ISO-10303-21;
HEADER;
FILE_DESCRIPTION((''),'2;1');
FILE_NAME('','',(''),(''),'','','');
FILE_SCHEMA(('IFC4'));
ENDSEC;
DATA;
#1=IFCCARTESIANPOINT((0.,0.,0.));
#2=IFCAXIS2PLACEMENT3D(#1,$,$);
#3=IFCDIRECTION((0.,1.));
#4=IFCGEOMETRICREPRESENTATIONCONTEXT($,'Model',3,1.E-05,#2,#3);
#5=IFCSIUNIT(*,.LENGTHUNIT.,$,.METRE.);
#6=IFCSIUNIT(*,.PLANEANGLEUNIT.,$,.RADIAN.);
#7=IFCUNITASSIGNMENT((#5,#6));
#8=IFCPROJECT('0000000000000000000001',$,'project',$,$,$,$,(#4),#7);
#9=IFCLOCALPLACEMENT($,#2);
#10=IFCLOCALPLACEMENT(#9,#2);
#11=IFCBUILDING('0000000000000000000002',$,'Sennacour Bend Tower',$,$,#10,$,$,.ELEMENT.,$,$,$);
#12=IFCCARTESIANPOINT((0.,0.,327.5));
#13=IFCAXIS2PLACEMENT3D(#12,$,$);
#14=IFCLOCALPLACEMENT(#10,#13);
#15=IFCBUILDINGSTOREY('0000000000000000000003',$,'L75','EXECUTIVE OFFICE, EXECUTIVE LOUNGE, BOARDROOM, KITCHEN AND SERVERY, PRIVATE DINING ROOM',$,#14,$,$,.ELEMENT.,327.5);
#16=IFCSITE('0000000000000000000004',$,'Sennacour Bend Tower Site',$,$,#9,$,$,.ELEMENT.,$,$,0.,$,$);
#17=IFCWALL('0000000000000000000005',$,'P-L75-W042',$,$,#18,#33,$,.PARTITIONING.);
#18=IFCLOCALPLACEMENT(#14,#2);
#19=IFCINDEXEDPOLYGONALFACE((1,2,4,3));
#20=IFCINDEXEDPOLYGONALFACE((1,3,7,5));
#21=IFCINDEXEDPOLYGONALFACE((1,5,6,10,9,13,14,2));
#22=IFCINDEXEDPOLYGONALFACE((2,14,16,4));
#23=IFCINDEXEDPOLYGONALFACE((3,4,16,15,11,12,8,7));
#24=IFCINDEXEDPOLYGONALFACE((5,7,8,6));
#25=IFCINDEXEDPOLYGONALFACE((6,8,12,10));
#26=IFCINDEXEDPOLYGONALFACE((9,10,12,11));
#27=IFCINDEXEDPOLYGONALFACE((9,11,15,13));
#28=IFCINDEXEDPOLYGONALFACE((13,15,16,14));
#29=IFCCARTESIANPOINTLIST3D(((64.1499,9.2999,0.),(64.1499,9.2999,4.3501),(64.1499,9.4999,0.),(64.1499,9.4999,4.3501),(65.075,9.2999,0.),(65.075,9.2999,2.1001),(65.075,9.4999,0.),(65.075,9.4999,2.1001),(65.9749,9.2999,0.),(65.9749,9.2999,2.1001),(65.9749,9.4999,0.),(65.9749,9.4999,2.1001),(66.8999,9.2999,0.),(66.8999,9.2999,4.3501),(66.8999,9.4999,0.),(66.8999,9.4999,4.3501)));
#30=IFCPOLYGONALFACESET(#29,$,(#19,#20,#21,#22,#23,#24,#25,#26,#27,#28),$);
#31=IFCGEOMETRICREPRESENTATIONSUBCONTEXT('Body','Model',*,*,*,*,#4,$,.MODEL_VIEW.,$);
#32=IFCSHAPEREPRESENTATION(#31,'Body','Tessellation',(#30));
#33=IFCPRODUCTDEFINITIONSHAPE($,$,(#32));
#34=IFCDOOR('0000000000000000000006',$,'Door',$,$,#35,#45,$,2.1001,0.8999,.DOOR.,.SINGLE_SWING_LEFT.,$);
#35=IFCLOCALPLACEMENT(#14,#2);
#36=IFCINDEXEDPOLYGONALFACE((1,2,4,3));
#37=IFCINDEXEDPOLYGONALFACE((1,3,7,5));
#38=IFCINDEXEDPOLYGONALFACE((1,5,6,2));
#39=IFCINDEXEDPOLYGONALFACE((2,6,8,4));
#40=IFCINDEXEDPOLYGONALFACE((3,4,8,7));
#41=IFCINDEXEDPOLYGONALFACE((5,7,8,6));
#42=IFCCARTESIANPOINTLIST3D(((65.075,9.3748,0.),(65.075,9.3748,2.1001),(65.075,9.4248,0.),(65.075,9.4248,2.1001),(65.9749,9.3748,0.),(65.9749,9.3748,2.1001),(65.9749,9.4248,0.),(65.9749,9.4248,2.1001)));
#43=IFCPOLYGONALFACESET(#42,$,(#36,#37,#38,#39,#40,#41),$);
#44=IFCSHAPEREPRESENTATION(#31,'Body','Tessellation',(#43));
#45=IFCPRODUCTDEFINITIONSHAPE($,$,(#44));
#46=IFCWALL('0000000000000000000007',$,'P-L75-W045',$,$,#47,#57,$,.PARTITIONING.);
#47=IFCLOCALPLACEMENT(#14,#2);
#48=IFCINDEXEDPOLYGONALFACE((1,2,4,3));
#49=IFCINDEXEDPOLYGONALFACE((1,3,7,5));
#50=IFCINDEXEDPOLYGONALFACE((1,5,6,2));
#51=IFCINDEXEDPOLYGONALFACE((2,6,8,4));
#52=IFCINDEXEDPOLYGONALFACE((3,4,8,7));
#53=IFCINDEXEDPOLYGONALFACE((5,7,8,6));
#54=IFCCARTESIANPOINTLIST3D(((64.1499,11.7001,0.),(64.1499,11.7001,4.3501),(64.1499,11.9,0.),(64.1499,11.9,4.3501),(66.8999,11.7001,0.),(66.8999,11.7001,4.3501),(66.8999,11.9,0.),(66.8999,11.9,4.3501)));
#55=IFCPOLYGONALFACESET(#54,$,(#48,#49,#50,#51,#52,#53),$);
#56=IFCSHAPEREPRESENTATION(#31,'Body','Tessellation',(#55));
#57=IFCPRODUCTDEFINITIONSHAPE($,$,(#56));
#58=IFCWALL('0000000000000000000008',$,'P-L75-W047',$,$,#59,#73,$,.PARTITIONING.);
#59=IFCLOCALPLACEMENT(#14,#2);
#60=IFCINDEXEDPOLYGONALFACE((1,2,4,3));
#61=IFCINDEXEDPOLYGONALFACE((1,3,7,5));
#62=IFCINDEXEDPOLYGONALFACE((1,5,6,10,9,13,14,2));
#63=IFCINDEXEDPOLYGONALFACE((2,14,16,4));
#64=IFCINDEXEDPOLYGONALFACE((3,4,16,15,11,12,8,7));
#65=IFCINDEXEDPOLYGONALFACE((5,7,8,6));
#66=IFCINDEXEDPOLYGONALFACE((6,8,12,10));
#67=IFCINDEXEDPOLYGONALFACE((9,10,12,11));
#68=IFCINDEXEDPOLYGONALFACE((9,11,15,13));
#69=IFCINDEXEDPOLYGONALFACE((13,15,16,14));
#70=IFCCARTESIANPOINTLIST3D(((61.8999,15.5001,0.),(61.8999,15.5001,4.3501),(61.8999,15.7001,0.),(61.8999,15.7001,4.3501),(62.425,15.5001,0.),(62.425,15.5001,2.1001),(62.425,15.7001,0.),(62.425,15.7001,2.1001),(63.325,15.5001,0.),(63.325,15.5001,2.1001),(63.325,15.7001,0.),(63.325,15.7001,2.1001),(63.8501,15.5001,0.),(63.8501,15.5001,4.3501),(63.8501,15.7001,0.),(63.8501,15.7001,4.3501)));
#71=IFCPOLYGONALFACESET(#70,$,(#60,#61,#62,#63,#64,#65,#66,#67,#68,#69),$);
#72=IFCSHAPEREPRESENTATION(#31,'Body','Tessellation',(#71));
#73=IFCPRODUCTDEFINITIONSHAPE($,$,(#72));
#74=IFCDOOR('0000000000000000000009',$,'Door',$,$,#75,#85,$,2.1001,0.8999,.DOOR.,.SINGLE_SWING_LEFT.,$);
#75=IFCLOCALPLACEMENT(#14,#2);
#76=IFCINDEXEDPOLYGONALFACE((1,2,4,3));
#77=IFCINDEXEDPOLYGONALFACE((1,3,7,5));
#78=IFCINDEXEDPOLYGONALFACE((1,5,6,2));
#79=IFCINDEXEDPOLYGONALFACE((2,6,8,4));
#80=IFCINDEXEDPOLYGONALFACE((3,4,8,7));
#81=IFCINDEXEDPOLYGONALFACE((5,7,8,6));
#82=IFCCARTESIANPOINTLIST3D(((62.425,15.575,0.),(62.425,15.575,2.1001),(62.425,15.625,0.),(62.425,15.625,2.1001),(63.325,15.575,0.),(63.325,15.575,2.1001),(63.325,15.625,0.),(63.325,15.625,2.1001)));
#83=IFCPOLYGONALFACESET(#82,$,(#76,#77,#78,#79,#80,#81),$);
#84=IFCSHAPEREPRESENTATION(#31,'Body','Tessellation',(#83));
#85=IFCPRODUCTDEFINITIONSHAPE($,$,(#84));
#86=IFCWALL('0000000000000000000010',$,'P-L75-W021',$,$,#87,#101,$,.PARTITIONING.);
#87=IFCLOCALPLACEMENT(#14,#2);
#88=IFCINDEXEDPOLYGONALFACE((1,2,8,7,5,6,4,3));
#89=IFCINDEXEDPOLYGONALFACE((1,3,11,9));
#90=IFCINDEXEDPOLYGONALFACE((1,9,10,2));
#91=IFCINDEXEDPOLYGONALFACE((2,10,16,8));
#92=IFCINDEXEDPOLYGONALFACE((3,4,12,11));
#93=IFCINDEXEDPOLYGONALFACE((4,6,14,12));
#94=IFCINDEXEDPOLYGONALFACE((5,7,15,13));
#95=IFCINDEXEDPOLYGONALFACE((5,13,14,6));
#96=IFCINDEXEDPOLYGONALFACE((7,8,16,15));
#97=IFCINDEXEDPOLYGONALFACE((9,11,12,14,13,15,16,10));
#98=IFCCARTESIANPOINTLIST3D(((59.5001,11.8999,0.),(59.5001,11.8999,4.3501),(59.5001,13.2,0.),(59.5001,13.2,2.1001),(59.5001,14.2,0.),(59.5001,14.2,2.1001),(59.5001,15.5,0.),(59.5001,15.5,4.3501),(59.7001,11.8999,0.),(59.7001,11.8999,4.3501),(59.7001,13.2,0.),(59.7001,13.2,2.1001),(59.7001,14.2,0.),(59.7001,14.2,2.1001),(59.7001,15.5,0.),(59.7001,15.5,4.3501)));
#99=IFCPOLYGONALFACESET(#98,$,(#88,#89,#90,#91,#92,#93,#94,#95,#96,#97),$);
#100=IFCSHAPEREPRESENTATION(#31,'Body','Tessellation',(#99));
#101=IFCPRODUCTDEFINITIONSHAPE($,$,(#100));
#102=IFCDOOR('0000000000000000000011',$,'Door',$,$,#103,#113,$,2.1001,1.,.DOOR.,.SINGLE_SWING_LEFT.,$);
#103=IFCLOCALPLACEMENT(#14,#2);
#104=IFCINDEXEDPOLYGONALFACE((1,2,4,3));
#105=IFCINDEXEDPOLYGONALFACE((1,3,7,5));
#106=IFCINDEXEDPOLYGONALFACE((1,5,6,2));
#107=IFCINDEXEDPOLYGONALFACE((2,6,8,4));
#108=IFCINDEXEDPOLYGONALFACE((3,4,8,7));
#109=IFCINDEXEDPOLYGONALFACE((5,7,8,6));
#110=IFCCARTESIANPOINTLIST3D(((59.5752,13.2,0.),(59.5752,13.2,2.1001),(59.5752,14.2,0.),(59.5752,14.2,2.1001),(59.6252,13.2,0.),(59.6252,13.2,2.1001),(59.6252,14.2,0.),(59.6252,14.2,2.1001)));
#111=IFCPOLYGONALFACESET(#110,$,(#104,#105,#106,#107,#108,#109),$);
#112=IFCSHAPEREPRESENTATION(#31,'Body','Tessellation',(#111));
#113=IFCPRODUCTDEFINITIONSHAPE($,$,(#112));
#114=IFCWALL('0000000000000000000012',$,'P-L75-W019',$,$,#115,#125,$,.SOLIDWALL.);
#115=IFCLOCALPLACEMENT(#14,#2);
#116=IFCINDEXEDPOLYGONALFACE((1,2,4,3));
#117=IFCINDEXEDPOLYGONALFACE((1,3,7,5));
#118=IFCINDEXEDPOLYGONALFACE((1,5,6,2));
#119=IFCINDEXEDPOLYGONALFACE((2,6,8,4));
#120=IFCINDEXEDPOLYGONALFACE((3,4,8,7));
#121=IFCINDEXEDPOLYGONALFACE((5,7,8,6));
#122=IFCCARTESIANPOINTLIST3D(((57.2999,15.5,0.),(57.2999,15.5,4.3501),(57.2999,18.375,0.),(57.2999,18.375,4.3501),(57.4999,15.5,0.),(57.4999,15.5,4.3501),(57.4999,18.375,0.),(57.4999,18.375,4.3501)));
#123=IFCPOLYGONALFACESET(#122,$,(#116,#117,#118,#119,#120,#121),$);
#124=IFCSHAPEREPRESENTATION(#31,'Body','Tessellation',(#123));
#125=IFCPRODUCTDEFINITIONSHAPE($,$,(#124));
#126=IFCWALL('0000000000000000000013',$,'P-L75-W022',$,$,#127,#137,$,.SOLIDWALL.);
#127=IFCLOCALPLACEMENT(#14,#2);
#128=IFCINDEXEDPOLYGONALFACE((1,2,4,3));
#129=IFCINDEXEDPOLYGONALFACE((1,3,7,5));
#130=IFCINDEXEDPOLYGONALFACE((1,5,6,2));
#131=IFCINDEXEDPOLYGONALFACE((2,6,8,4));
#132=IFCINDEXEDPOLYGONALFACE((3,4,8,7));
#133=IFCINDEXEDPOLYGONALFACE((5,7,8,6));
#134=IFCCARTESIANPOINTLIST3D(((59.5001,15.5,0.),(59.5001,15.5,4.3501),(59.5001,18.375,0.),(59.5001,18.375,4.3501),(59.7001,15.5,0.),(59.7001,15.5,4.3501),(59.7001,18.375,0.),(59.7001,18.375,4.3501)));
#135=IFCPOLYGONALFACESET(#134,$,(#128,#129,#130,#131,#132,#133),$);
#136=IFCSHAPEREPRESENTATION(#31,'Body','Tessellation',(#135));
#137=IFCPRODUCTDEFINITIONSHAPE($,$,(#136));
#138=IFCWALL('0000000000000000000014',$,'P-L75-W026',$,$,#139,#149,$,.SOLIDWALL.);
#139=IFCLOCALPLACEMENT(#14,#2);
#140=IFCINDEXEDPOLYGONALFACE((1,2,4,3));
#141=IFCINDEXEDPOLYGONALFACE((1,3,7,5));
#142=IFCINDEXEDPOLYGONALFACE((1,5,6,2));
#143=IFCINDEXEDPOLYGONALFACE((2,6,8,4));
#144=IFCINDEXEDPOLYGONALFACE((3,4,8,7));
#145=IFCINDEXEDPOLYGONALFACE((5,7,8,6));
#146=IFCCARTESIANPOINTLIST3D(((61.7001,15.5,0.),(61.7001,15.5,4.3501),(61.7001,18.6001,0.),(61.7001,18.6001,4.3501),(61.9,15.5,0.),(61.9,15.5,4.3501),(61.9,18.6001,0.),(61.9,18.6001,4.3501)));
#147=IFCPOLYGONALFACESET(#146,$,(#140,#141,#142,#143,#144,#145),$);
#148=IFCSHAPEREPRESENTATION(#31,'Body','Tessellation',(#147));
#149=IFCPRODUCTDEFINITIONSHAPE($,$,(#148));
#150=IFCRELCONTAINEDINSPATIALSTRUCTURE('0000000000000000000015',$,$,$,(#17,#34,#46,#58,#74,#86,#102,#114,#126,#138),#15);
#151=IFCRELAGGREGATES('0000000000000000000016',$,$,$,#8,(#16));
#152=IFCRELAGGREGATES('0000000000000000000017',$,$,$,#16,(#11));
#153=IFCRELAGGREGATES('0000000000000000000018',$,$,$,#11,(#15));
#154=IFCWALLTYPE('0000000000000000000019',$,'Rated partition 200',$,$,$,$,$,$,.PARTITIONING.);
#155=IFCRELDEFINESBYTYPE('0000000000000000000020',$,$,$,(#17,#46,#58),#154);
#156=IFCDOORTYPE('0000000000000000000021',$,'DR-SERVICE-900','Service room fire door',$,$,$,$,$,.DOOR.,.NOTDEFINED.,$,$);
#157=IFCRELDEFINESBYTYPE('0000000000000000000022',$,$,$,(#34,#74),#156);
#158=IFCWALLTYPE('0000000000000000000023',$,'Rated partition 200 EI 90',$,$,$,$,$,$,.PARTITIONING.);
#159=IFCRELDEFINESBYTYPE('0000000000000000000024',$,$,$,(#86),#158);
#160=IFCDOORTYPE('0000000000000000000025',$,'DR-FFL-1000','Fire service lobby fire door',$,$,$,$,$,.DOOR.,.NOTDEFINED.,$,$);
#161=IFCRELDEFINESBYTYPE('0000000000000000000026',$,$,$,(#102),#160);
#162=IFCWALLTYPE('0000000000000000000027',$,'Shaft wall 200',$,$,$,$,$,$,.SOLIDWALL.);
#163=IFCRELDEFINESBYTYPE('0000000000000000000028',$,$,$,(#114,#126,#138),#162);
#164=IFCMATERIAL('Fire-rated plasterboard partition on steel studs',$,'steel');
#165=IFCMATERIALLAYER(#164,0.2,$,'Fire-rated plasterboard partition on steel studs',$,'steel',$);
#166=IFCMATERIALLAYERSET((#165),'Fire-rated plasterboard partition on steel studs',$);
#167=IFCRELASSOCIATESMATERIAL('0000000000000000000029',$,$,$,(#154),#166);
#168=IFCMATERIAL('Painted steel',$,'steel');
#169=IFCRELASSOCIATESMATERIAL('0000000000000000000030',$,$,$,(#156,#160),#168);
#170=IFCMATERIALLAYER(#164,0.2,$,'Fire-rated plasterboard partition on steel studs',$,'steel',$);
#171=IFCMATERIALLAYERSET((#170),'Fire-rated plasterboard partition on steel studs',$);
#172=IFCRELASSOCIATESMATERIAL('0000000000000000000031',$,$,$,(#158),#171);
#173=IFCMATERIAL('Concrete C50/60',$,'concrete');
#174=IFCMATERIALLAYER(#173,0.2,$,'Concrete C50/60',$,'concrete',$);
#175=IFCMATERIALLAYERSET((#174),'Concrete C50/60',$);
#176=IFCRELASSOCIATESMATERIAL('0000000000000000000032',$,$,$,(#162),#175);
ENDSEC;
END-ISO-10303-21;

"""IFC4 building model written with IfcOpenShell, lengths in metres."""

from ifc_helpers import new_model, si_unit, direction, frame, frame_2d, origin, place, context, subcontext, project, spatial, rectangle, extrude, material, layer, layer_set, type_object, element, fill, save


model = new_model("IFC4")

# Units and contexts
model_context = context("Model", 3, precision=1e-05, world=origin(), true_north=direction((0.0, 1.0)))
body_context = subcontext(model_context, "Body", "Model", "MODEL_VIEW")
ifc_project = project(units=[si_unit("LENGTHUNIT", "METRE"), si_unit("PLANEANGLEUNIT", "RADIAN")], contexts=[model_context])

# Site, building, storey
site_placement = place(None, origin())
site = spatial("IfcSite", under=ifc_project, at=site_placement, Name="Sennacour Bend Tower Site", CompositionType="ELEMENT", RefElevation=0.0)
building_placement = place(site_placement, origin())
building = spatial("IfcBuilding", under=site, at=building_placement, Name="Sennacour Bend Tower", CompositionType="ELEMENT")
storey_placement = place(building_placement, frame((0.0, 0.0, 327.5)))
storey = spatial("IfcBuildingStorey", under=building, at=storey_placement, Name="L75", Description="EXECUTIVE OFFICE, EXECUTIVE LOUNGE, BOARDROOM, KITCHEN AND SERVERY, PRIVATE DINING ROOM", CompositionType="ELEMENT", Elevation=327.5)

# Wall, opening, door
ifc_material_1 = material(Name="Fire-rated plasterboard partition on steel studs", Category="steel")
ifc_layer_1 = layer(ifc_material_1, 0.2, Name="Fire-rated plasterboard partition on steel studs", Category="steel")
ifc_layer_set_1 = layer_set([ifc_layer_1], Name="Fire-rated plasterboard partition on steel studs")
wall_type_1 = type_object("IfcWallType", Name="Rated partition 200", PredefinedType="PARTITIONING", material=ifc_layer_set_1)
wall_1_placement = place(storey_placement, frame((64.1499, 9.3999, 0.0), z_axis=(0.0, 0.0, 1.0), x_axis=(1.0, 0.0, 0.0)))
wall_1 = element("IfcWall", 1, at=wall_1_placement, inside=storey, type_object=wall_type_1, Name="P-L75-W042", PredefinedType="PARTITIONING", context=body_context, shape_type="SweptSolid", body=[
    extrude(rectangle(XDim=2.75, YDim=0.2, at=frame_2d((1.375, 0.0))), origin(), (0.0, 0.0, 1.0), 4.3501),
])
opening_1_placement = place(wall_1_placement, frame((0.925, 0.0, 0.0)))
opening_1 = element("IfcOpeningElement", 2, at=opening_1_placement, cuts=wall_1, PredefinedType="OPENING", context=body_context, shape_type="SweptSolid", body=[
    extrude(rectangle(XDim=0.8999, YDim=2.1001, at=frame_2d((0.45, 1.05))), frame((0.0, 0.1099, 0.0), z_axis=(0.0, -1.0, 0.0), x_axis=(1.0, 0.0, 0.0)), (0.0, 0.0, 1.0), 0.22),
])
ifc_material_2 = material(Name="Painted steel", Category="steel")
door_type_1 = type_object("IfcDoorType", Name="DR-SERVICE-900", Description="Service room fire door", OperationType="NOTDEFINED", PredefinedType="DOOR", material=ifc_material_2)
door_1_placement = place(opening_1_placement, origin())
door_1 = element("IfcDoor", 3, at=door_1_placement, inside=storey, type_object=door_type_1, Name="Door", OperationType="SINGLE_SWING_LEFT", OverallHeight=2.1001, OverallWidth=0.8999, PredefinedType="DOOR", context=body_context, shape_type="SweptSolid", body=[
    extrude(rectangle(XDim=0.8999, YDim=2.1001, at=frame_2d((0.45, 1.05))), frame((0.0, 0.0249, 0.0), z_axis=(0.0, -1.0, 0.0), x_axis=(1.0, 0.0, 0.0)), (0.0, 0.0, 1.0), 0.05),
])
fill(opening_1, door_1)

# Wall
wall_2_placement = place(storey_placement, frame((64.1499, 11.8, 0.0), z_axis=(0.0, 0.0, 1.0), x_axis=(1.0, 0.0, 0.0)))
element("IfcWall", 4, at=wall_2_placement, inside=storey, type_object=wall_type_1, Name="P-L75-W045", PredefinedType="PARTITIONING", context=body_context, shape_type="SweptSolid", body=[
    extrude(rectangle(XDim=2.75, YDim=0.2, at=frame_2d((1.375, 0.0))), origin(), (0.0, 0.0, 1.0), 4.3501),
])

# Walls, openings, doors
wall_3_placement = place(storey_placement, frame((61.8999, 15.6001, 0.0), z_axis=(0.0, 0.0, 1.0), x_axis=(1.0, 0.0, 0.0)))
wall_3 = element("IfcWall", 5, at=wall_3_placement, inside=storey, type_object=wall_type_1, Name="P-L75-W047", PredefinedType="PARTITIONING", context=body_context, shape_type="SweptSolid", body=[
    extrude(rectangle(XDim=1.9502, YDim=0.2, at=frame_2d((0.9751, 0.0))), origin(), (0.0, 0.0, 1.0), 4.3501),
])
opening_2_placement = place(wall_3_placement, frame((0.5251, 0.0, 0.0)))
opening_2 = element("IfcOpeningElement", 6, at=opening_2_placement, cuts=wall_3, PredefinedType="OPENING", context=body_context, shape_type="SweptSolid", body=[
    extrude(rectangle(XDim=0.8999, YDim=2.1001, at=frame_2d((0.45, 1.05))), frame((0.0, 0.1099, 0.0), z_axis=(0.0, -1.0, 0.0), x_axis=(1.0, 0.0, 0.0)), (0.0, 0.0, 1.0), 0.22),
])
door_2_placement = place(opening_2_placement, origin())
door_2 = element("IfcDoor", 7, at=door_2_placement, inside=storey, type_object=door_type_1, Name="Door", OperationType="SINGLE_SWING_LEFT", OverallHeight=2.1001, OverallWidth=0.8999, PredefinedType="DOOR", context=body_context, shape_type="SweptSolid", body=[
    extrude(rectangle(XDim=0.8999, YDim=2.1001, at=frame_2d((0.45, 1.05))), frame((0.0, 0.0249, 0.0), z_axis=(0.0, -1.0, 0.0), x_axis=(1.0, 0.0, 0.0)), (0.0, 0.0, 1.0), 0.05),
])
fill(opening_2, door_2)
ifc_layer_2 = layer(ifc_material_1, 0.2, Name="Fire-rated plasterboard partition on steel studs", Category="steel")
ifc_layer_set_2 = layer_set([ifc_layer_2], Name="Fire-rated plasterboard partition on steel studs")
wall_type_2 = type_object("IfcWallType", Name="Rated partition 200 EI 90", PredefinedType="PARTITIONING", material=ifc_layer_set_2)
wall_4_placement = place(storey_placement, frame((59.6001, 11.8999, 0.0), z_axis=(0.0, 0.0, 1.0), x_axis=(0.0, 1.0, 0.0)))
wall_4 = element("IfcWall", 8, at=wall_4_placement, inside=storey, type_object=wall_type_2, Name="P-L75-W021", PredefinedType="PARTITIONING", context=body_context, shape_type="SweptSolid", body=[
    extrude(rectangle(XDim=3.6001, YDim=0.2, at=frame_2d((1.8, 0.0))), origin(), (0.0, 0.0, 1.0), 4.3501),
])
opening_3_placement = place(wall_4_placement, frame((1.3, 0.0, 0.0)))
opening_3 = element("IfcOpeningElement", 9, at=opening_3_placement, cuts=wall_4, PredefinedType="OPENING", context=body_context, shape_type="SweptSolid", body=[
    extrude(rectangle(XDim=1.0, YDim=2.1001, at=frame_2d((0.5, 1.05))), frame((0.0, 0.1099, 0.0), z_axis=(0.0, -1.0, 0.0), x_axis=(1.0, 0.0, 0.0)), (0.0, 0.0, 1.0), 0.22),
])
door_type_2 = type_object("IfcDoorType", Name="DR-FFL-1000", Description="Fire service lobby fire door", OperationType="NOTDEFINED", PredefinedType="DOOR", material=ifc_material_2)
door_3_placement = place(opening_3_placement, origin())
door_3 = element("IfcDoor", 10, at=door_3_placement, inside=storey, type_object=door_type_2, Name="Door", OperationType="SINGLE_SWING_LEFT", OverallHeight=2.1001, OverallWidth=1.0, PredefinedType="DOOR", context=body_context, shape_type="SweptSolid", body=[
    extrude(rectangle(XDim=1.0, YDim=2.1001, at=frame_2d((0.5, 1.05))), frame((0.0, 0.0249, 0.0), z_axis=(0.0, -1.0, 0.0), x_axis=(1.0, 0.0, 0.0)), (0.0, 0.0, 1.0), 0.05),
])
fill(opening_3, door_3)

# Walls
ifc_material_3 = material(Name="Concrete C50/60", Category="concrete")
ifc_layer_3 = layer(ifc_material_3, 0.2, Name="Concrete C50/60", Category="concrete")
ifc_layer_set_3 = layer_set([ifc_layer_3], Name="Concrete C50/60")
wall_type_3 = type_object("IfcWallType", Name="Shaft wall 200", PredefinedType="SOLIDWALL", material=ifc_layer_set_3)
for number, where, z_axis, x_axis, name in (
    (11, (57.3999, 15.5, 0.0), (0.0, 0.0, 1.0), (0.0, 1.0, 0.0), "P-L75-W019"),
    (12, (59.6001, 15.5, 0.0), (0.0, 0.0, 1.0), (0.0, 1.0, 0.0), "P-L75-W022"),
):
    element("IfcWall", number, at=place(storey_placement, frame(where, z_axis=z_axis, x_axis=x_axis)), inside=storey, type_object=wall_type_3, Name=name, PredefinedType="SOLIDWALL", context=body_context, shape_type="SweptSolid", body=[
        extrude(rectangle(XDim=2.875, YDim=0.2, at=frame_2d((1.4375, 0.0))), origin(), (0.0, 0.0, 1.0), 4.3501),
    ])
wall_5_placement = place(storey_placement, frame((61.8, 15.5, 0.0), z_axis=(0.0, 0.0, 1.0), x_axis=(0.0, 1.0, 0.0)))
element("IfcWall", 13, at=wall_5_placement, inside=storey, type_object=wall_type_3, Name="P-L75-W026", PredefinedType="SOLIDWALL", context=body_context, shape_type="SweptSolid", body=[
    extrude(rectangle(XDim=3.1001, YDim=0.2, at=frame_2d((1.55, 0.0))), origin(), (0.0, 0.0, 1.0), 4.3501),
])

save(model, "model.ifc")
